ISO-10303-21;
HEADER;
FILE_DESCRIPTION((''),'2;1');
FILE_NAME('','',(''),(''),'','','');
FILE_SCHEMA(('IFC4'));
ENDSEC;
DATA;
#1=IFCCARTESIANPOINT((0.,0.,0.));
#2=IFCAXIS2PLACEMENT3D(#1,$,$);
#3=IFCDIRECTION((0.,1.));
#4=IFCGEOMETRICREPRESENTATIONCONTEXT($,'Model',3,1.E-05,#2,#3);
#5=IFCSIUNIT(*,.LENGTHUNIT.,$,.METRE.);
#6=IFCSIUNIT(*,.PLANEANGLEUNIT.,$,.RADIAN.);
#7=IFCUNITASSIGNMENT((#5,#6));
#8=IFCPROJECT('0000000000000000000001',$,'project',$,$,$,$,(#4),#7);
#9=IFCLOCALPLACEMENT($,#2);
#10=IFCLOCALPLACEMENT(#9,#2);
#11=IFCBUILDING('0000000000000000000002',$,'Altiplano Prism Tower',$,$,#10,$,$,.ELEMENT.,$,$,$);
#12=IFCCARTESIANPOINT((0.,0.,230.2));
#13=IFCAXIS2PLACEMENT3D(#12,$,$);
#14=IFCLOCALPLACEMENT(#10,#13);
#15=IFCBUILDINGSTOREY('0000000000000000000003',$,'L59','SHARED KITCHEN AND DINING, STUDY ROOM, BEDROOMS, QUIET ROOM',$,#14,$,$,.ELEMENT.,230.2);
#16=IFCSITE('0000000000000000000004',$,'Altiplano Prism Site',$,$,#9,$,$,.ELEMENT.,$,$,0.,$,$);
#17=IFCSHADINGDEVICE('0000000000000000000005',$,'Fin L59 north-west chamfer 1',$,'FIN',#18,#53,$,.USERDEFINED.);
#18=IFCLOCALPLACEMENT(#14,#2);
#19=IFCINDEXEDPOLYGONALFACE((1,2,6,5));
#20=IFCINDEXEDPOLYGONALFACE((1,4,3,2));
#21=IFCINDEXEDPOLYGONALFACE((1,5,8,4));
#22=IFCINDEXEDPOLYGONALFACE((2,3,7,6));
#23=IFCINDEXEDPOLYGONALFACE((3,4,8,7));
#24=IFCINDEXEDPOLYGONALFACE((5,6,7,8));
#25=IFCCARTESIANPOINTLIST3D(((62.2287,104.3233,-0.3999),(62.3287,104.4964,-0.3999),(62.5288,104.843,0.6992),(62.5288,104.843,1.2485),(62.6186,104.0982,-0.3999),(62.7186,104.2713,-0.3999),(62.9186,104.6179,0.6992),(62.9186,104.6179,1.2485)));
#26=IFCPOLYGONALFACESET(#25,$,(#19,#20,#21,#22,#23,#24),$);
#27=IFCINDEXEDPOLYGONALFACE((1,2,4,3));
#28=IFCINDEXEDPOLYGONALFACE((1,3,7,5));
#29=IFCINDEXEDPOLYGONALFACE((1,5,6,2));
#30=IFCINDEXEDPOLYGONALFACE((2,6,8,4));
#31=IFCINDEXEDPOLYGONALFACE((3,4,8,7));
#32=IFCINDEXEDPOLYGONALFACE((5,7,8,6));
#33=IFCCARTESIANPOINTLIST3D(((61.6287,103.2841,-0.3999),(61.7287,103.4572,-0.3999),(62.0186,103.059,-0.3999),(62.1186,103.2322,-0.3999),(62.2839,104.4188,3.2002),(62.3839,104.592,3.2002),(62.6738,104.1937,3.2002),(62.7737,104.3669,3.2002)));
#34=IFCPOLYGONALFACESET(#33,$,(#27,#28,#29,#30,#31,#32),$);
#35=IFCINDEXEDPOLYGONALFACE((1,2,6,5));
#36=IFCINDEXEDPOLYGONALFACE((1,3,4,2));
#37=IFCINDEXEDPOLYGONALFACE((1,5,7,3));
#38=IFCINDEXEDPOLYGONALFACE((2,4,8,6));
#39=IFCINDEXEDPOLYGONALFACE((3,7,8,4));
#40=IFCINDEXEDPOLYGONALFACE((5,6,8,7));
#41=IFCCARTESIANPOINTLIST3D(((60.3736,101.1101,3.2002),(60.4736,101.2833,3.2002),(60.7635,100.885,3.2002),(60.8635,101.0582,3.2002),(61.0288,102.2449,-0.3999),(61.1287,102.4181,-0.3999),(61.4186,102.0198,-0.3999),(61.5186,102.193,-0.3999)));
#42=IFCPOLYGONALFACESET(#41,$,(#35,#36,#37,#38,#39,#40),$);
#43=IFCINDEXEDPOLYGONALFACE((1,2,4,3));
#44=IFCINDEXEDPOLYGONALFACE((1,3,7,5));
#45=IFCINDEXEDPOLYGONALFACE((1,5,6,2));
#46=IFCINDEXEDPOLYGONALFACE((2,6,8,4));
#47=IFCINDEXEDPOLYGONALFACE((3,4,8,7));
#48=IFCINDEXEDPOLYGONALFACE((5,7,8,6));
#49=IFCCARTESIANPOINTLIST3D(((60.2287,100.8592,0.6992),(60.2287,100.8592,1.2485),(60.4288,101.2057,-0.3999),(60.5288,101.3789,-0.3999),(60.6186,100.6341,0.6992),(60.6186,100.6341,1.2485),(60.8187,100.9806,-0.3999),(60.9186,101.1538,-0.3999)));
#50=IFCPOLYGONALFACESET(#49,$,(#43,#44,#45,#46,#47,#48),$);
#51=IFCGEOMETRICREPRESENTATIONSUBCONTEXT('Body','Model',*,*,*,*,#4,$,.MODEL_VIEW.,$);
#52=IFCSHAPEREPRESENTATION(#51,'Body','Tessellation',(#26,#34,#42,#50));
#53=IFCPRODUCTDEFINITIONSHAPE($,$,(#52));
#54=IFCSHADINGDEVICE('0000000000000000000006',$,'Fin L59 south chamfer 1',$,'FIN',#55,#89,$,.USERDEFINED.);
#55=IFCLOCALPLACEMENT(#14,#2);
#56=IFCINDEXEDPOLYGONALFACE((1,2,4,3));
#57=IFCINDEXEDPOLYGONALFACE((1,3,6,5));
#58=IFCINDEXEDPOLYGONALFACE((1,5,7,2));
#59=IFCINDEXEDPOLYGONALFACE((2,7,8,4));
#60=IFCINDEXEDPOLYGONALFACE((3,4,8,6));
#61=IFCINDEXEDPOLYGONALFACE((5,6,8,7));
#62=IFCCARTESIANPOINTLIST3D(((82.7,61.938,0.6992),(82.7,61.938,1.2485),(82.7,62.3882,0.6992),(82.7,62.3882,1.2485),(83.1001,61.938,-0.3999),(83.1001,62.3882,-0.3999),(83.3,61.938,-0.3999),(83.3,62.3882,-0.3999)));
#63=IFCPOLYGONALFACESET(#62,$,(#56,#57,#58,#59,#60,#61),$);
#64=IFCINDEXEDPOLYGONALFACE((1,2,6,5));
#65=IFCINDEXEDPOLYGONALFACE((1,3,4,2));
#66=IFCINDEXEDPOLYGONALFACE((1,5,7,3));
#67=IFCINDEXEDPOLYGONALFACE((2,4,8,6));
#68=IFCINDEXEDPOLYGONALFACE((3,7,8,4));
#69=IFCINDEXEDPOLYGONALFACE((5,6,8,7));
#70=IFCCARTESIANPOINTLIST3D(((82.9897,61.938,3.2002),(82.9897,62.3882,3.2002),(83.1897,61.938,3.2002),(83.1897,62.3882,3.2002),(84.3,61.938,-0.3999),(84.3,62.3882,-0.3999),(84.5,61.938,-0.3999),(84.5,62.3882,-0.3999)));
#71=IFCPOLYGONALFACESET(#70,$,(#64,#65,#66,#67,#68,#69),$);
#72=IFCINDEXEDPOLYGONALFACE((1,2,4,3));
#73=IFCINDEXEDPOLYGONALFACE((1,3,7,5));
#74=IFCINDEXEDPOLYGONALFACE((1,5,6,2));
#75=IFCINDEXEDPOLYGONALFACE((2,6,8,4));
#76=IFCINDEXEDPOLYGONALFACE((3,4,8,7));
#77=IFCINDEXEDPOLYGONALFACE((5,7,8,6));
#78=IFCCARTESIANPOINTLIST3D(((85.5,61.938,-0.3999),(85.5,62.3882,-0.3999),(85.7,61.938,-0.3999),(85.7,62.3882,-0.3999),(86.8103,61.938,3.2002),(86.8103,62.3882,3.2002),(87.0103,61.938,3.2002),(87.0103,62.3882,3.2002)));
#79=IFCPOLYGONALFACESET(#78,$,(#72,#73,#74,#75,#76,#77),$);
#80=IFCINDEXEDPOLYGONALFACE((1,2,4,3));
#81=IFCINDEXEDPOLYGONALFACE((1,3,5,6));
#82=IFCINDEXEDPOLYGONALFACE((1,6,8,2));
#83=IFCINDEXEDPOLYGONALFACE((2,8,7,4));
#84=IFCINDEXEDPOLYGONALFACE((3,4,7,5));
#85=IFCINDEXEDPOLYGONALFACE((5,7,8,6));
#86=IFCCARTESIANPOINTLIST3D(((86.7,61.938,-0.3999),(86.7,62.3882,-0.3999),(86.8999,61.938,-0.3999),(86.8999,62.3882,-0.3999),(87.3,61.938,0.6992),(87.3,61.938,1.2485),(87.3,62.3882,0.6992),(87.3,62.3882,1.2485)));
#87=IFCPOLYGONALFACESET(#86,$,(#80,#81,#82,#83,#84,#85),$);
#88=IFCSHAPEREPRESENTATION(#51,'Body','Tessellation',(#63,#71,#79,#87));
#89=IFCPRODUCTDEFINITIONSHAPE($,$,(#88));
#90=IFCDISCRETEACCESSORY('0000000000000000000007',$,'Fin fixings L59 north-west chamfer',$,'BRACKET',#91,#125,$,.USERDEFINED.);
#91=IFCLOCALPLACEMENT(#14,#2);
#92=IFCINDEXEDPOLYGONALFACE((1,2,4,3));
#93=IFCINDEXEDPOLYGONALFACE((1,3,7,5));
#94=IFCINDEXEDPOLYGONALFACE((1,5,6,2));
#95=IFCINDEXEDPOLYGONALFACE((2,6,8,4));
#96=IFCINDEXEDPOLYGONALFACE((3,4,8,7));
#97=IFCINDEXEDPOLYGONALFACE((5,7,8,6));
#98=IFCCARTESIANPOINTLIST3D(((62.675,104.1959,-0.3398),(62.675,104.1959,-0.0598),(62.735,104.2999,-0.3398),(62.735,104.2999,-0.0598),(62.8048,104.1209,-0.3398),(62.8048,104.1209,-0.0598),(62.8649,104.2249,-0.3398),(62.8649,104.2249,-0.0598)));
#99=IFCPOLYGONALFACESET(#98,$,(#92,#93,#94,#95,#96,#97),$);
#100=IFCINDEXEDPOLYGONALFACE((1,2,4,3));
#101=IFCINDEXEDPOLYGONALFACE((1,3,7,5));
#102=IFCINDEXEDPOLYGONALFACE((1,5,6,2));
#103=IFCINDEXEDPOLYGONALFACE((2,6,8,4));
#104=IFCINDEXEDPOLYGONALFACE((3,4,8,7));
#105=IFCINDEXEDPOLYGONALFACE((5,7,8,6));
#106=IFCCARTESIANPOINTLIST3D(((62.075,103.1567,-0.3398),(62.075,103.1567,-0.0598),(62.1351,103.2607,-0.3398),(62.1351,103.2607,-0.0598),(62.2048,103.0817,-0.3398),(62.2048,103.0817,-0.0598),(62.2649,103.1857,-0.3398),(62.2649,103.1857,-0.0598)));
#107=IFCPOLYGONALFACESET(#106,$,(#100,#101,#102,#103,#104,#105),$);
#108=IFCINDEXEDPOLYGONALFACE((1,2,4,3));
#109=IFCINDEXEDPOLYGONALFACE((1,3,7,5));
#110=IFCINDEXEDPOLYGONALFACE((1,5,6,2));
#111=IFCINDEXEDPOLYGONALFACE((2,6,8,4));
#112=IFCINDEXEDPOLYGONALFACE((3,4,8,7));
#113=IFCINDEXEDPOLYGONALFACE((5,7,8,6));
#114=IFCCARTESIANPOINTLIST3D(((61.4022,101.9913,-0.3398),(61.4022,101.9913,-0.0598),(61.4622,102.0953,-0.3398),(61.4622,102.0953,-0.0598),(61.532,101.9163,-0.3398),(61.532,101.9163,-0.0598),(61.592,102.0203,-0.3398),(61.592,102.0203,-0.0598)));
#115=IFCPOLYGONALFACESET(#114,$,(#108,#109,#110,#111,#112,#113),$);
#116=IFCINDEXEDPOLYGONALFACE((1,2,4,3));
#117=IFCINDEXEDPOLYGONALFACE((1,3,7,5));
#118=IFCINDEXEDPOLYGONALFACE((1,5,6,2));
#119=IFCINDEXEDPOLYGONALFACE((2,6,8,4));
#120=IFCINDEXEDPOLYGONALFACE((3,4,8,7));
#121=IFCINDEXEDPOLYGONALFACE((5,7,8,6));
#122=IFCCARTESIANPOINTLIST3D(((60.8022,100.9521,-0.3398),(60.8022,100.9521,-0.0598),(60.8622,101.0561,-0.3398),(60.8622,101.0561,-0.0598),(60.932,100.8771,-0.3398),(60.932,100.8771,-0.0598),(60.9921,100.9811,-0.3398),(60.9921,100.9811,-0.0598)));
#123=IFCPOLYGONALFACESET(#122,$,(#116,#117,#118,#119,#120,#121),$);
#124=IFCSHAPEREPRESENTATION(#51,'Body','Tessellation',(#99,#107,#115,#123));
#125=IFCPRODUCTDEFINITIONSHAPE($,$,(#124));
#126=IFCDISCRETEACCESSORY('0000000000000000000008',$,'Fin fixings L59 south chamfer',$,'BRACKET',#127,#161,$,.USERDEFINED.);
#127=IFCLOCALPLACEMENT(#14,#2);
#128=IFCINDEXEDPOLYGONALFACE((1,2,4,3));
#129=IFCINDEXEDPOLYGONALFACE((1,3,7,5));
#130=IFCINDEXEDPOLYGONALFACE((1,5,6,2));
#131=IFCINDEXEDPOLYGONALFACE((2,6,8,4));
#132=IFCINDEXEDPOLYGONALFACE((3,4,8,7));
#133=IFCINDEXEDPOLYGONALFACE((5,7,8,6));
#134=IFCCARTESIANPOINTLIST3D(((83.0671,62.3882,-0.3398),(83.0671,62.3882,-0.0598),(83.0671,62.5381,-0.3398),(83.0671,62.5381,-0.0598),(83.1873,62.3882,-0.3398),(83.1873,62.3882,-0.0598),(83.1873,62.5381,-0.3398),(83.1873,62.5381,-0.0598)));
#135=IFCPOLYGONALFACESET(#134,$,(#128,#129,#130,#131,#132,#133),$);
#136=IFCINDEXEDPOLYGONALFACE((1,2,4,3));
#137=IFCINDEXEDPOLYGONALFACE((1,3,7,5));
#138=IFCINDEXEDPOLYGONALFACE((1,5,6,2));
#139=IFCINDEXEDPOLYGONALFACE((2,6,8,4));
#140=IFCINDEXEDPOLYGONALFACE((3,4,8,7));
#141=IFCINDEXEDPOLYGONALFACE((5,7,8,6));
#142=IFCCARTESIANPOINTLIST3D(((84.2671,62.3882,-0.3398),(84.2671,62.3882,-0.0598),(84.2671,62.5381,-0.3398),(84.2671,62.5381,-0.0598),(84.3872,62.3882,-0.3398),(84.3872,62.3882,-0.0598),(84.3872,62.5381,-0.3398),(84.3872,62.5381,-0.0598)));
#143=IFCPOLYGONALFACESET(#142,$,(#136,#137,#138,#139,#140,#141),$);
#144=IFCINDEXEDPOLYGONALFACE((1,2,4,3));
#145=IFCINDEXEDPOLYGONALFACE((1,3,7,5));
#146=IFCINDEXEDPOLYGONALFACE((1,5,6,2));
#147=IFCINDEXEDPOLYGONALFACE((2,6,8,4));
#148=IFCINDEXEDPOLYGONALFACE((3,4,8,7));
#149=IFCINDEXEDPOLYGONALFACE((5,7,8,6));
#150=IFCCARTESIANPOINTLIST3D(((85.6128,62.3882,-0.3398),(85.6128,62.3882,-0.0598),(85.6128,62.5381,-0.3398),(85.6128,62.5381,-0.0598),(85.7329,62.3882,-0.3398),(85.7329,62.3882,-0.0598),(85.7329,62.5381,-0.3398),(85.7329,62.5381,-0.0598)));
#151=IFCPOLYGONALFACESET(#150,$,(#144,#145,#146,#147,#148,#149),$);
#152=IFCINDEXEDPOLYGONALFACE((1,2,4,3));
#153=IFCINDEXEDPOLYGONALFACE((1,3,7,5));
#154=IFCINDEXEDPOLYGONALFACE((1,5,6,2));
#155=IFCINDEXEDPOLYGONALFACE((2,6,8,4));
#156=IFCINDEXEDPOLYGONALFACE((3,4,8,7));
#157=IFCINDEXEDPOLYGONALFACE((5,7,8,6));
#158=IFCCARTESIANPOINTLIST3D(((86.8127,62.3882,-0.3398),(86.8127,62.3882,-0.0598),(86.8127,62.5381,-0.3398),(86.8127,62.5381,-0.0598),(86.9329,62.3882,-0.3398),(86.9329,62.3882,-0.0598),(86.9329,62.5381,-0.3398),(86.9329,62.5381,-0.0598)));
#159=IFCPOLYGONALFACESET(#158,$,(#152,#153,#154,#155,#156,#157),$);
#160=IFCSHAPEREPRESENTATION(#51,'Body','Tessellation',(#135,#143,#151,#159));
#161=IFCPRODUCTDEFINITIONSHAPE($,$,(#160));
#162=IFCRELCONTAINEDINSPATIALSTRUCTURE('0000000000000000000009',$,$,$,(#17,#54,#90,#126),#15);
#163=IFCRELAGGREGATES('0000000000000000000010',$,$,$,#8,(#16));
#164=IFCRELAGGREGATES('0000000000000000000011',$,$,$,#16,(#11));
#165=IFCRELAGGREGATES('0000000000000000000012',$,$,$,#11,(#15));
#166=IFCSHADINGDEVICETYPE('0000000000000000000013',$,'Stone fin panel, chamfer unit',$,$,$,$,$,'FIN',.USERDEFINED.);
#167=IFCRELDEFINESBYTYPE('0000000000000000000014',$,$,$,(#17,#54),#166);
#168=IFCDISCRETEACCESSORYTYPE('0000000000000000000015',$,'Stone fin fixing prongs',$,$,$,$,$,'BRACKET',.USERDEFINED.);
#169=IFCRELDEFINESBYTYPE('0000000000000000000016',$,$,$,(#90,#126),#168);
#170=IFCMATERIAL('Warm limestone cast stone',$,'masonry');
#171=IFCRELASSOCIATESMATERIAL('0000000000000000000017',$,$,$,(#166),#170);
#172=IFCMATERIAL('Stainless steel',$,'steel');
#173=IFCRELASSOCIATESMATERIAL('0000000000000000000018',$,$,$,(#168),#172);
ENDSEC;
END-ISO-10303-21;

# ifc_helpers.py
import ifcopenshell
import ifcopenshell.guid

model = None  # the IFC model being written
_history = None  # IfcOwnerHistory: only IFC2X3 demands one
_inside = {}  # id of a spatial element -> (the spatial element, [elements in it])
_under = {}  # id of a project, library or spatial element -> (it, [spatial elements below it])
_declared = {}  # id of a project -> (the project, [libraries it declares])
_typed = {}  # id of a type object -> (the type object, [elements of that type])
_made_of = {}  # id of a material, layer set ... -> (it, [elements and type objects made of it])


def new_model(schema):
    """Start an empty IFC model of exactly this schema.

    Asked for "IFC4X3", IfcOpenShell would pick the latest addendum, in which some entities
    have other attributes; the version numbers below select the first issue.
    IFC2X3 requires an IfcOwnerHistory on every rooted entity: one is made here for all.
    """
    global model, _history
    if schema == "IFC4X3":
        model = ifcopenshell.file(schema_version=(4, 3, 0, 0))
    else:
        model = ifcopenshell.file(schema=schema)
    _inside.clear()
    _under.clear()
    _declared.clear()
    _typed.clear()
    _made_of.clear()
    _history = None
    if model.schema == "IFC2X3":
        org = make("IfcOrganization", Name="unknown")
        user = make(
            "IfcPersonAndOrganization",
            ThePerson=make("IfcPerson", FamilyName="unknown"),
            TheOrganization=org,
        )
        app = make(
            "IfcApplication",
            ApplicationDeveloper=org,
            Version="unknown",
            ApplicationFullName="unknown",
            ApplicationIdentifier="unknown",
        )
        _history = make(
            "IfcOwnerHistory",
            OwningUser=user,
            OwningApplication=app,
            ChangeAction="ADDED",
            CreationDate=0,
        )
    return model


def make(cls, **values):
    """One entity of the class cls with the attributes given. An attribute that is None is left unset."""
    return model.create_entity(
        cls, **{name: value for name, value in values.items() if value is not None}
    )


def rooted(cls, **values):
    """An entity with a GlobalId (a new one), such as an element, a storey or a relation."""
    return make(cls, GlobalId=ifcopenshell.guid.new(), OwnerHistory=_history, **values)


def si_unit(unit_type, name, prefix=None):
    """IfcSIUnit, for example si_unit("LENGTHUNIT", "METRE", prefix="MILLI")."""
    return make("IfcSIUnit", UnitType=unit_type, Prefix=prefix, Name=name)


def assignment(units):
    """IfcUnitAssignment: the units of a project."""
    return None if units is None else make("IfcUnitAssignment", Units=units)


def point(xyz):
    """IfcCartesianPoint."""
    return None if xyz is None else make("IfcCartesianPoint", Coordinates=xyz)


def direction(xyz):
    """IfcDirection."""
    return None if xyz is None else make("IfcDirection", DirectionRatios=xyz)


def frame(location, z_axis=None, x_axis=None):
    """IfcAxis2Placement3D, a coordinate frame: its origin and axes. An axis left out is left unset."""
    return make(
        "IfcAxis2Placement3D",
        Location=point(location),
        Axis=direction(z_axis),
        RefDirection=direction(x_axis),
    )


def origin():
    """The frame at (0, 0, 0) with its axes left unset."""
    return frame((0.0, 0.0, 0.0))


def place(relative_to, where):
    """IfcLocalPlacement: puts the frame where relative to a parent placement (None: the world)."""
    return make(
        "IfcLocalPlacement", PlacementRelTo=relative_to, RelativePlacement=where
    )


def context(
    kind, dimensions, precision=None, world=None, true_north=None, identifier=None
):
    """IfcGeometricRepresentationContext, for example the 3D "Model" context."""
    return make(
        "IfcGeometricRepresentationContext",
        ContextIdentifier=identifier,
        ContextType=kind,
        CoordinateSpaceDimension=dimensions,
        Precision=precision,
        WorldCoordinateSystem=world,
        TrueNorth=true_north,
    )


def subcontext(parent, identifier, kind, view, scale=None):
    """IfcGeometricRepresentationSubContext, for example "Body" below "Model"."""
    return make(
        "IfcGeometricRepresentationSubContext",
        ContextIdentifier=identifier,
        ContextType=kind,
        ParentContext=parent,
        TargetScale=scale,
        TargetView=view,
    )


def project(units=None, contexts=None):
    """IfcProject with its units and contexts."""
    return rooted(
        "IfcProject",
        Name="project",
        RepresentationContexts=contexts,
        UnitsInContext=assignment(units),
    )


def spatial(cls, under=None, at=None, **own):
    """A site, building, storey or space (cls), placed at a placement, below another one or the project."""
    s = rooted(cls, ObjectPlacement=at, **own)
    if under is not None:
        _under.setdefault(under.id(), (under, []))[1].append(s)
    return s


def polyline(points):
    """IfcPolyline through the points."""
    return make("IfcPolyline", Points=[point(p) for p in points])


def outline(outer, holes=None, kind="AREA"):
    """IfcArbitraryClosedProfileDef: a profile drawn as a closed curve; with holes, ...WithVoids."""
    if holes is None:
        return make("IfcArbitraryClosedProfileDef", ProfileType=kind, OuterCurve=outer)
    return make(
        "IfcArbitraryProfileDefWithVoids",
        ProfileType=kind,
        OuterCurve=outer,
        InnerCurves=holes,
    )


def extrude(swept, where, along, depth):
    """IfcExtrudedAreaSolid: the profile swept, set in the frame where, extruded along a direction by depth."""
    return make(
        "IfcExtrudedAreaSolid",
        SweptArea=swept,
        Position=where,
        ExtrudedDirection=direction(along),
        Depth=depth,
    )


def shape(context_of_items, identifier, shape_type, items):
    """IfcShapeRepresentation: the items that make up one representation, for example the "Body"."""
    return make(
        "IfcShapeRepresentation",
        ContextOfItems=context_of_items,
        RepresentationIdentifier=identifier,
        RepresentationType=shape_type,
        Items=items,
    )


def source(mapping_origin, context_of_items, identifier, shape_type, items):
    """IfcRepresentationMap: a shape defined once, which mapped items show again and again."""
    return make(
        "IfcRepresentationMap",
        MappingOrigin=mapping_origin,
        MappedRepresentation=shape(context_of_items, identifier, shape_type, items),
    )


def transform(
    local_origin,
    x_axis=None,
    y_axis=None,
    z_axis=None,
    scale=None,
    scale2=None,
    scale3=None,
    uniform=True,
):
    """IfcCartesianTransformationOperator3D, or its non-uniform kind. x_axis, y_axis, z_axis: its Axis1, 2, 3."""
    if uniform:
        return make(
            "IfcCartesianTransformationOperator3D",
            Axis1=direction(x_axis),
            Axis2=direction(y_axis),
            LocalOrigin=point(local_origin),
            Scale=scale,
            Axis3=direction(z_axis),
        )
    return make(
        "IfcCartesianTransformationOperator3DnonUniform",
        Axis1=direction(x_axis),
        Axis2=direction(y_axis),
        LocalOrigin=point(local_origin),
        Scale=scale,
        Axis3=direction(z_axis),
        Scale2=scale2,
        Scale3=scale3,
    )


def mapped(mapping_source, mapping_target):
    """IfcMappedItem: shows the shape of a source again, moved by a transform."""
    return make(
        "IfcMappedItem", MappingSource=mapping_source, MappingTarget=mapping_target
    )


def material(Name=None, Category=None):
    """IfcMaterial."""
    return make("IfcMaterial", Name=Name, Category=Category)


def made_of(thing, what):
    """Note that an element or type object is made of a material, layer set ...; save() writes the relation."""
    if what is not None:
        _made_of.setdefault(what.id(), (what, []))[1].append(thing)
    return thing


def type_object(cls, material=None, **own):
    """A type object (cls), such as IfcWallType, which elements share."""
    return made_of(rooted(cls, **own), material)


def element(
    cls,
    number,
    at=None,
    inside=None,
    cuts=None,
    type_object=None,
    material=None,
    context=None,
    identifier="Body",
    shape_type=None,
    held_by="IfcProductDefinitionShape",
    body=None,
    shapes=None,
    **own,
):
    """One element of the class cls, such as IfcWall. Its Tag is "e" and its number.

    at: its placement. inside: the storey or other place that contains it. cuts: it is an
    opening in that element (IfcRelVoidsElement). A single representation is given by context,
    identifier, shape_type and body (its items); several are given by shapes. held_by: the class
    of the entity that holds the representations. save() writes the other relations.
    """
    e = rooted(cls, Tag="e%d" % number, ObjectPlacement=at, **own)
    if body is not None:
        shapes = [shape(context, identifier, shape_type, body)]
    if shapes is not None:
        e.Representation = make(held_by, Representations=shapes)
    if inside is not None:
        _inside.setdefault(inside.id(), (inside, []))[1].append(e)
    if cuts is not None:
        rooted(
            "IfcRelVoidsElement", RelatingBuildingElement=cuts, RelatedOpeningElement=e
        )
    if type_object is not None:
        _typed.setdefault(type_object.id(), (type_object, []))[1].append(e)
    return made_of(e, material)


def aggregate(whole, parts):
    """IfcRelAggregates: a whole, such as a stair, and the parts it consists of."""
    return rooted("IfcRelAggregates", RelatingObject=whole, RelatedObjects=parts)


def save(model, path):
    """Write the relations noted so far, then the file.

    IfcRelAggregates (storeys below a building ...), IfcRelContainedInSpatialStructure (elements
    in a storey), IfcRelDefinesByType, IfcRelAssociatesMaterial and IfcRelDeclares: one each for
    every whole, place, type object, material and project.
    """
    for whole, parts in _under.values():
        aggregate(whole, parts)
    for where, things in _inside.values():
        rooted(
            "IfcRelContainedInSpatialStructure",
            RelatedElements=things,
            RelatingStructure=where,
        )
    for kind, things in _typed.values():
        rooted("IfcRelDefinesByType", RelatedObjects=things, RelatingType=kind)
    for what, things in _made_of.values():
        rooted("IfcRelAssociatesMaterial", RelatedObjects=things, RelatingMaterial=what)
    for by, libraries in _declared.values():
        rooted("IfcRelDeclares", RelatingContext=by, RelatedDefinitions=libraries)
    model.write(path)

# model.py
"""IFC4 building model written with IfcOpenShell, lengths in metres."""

from ifc_helpers import new_model, si_unit, direction, frame, origin, place, context, subcontext, project, spatial, polyline, outline, extrude, source, transform, mapped, material, type_object, element, save


model = new_model("IFC4")

# Units and contexts
model_context = context("Model", 3, precision=1e-05, world=origin(), true_north=direction((0.0, 1.0)))
body_context = subcontext(model_context, "Body", "Model", "MODEL_VIEW")
ifc_project = project(units=[si_unit("LENGTHUNIT", "METRE"), si_unit("PLANEANGLEUNIT", "RADIAN")], contexts=[model_context])

# Site, building, storey
site_placement = place(None, origin())
site = spatial("IfcSite", under=ifc_project, at=site_placement, Name="Altiplano Prism Site", CompositionType="ELEMENT", RefElevation=0.0)
building_placement = place(site_placement, origin())
building = spatial("IfcBuilding", under=site, at=building_placement, Name="Altiplano Prism Tower", CompositionType="ELEMENT")
storey_placement = place(building_placement, frame((0.0, 0.0, 230.2)))
storey = spatial("IfcBuildingStorey", under=building, at=storey_placement, Name="L59", Description="SHARED KITCHEN AND DINING, STUDY ROOM, BEDROOMS, QUIET ROOM", CompositionType="ELEMENT", Elevation=230.2)

# Shading devices
ifc_material_1 = material(Name="Warm limestone cast stone", Category="masonry")
shading_device_type_1 = type_object("IfcShadingDeviceType", Name="Stone fin panel, chamfer unit", ElementType="FIN", PredefinedType="USERDEFINED", material=ifc_material_1)
shared_shape_1 = source(origin(), body_context, "Body", "SweptSolid", [
    extrude(outline(polyline([(-2.3, 1.6484), (-2.3, 1.0991), (-1.8999, 0.0), (-1.7, 0.0), (-2.3, 1.6484)])), frame((0.0, -0.1499, 0.0), z_axis=(0.0, -1.0, 0.0), x_axis=(1.0, 0.0, 0.0)), (0.0, 0.0, 1.0), 0.4502),
    extrude(outline(polyline([(-2.0103, 3.6001), (-0.7, 0.0), (-0.5, 0.0), (-1.8103, 3.6001), (-2.0103, 3.6001)])), frame((0.0, -0.1499, 0.0), z_axis=(0.0, -1.0, 0.0), x_axis=(1.0, 0.0, 0.0)), (0.0, 0.0, 1.0), 0.4502),
    extrude(outline(polyline([(1.8103, 3.6001), (0.5, 0.0), (0.7, 0.0), (2.0103, 3.6001), (1.8103, 3.6001)])), frame((0.0, -0.1499, 0.0), z_axis=(0.0, -1.0, 0.0), x_axis=(1.0, 0.0, 0.0)), (0.0, 0.0, 1.0), 0.4502),
    extrude(outline(polyline([(2.3, 1.0991), (2.3, 1.6484), (1.7, 0.0), (1.8999, 0.0), (2.3, 1.0991)])), frame((0.0, -0.1499, 0.0), z_axis=(0.0, -1.0, 0.0), x_axis=(1.0, 0.0, 0.0)), (0.0, 0.0, 1.0), 0.4502),
])
shading_device_1_placement = place(storey_placement, origin())
element("IfcShadingDevice", 1, at=shading_device_1_placement, inside=storey, type_object=shading_device_type_1, Name="Fin L59 north-west chamfer 1", ObjectType="FIN", PredefinedType="USERDEFINED", context=body_context, shape_type="MappedRepresentation", body=[
    mapped(shared_shape_1, transform((61.8984, 102.551, -0.3999), x_axis=(-0.5, -0.866025, 0.0), y_axis=(0.866025, -0.5, 0.0), z_axis=(0.0, 0.0, 1.0))),
])
shading_device_2_placement = place(storey_placement, origin())
element("IfcShadingDevice", 2, at=shading_device_2_placement, inside=storey, type_object=shading_device_type_1, Name="Fin L59 south chamfer 1", ObjectType="FIN", PredefinedType="USERDEFINED", context=body_context, shape_type="MappedRepresentation", body=[
    mapped(shared_shape_1, transform((85.0, 62.5381, -0.3999), x_axis=(1.0, 0.0, 0.0), y_axis=(0.0, 1.0, 0.0), z_axis=(0.0, 0.0, 1.0))),
])

# Discrete accessories
ifc_material_2 = material(Name="Stainless steel", Category="steel")
discrete_accessory_type = type_object("IfcDiscreteAccessoryType", Name="Stone fin fixing prongs", ElementType="BRACKET", PredefinedType="USERDEFINED", material=ifc_material_2)
shared_shape_2 = source(origin(), body_context, "Body", "SweptSolid", [
    extrude(outline(polyline([(-1.9329, 0.0601), (-1.8127, 0.0601), (-1.8127, 0.3401), (-1.9329, 0.3401), (-1.9329, 0.0601)])), frame((0.0, 0.0, 0.0), z_axis=(0.0, -1.0, 0.0), x_axis=(1.0, 0.0, 0.0)), (0.0, 0.0, 1.0), 0.1499),
    extrude(outline(polyline([(-0.7329, 0.0601), (-0.6128, 0.0601), (-0.6128, 0.3401), (-0.7329, 0.3401), (-0.7329, 0.0601)])), frame((0.0, 0.0, 0.0), z_axis=(0.0, -1.0, 0.0), x_axis=(1.0, 0.0, 0.0)), (0.0, 0.0, 1.0), 0.1499),
    extrude(outline(polyline([(0.6128, 0.0601), (0.7329, 0.0601), (0.7329, 0.3401), (0.6128, 0.3401), (0.6128, 0.0601)])), frame((0.0, 0.0, 0.0), z_axis=(0.0, -1.0, 0.0), x_axis=(1.0, 0.0, 0.0)), (0.0, 0.0, 1.0), 0.1499),
    extrude(outline(polyline([(1.8127, 0.0601), (1.9329, 0.0601), (1.9329, 0.3401), (1.8127, 0.3401), (1.8127, 0.0601)])), frame((0.0, 0.0, 0.0), z_axis=(0.0, -1.0, 0.0), x_axis=(1.0, 0.0, 0.0)), (0.0, 0.0, 1.0), 0.1499),
])
discrete_accessory_1_placement = place(storey_placement, origin())
element("IfcDiscreteAccessory", 3, at=discrete_accessory_1_placement, inside=storey, type_object=discrete_accessory_type, Name="Fin fixings L59 north-west chamfer", ObjectType="BRACKET", PredefinedType="USERDEFINED", context=body_context, shape_type="MappedRepresentation", body=[
    mapped(shared_shape_2, transform((61.8984, 102.551, -0.3999), x_axis=(-0.5, -0.866025, 0.0), y_axis=(0.866025, -0.5, 0.0), z_axis=(0.0, 0.0, 1.0))),
])
discrete_accessory_2_placement = place(storey_placement, origin())
element("IfcDiscreteAccessory", 4, at=discrete_accessory_2_placement, inside=storey, type_object=discrete_accessory_type, Name="Fin fixings L59 south chamfer", ObjectType="BRACKET", PredefinedType="USERDEFINED", context=body_context, shape_type="MappedRepresentation", body=[
    mapped(shared_shape_2, transform((85.0, 62.5381, -0.3999), x_axis=(1.0, 0.0, 0.0), y_axis=(0.0, 1.0, 0.0), z_axis=(0.0, 0.0, 1.0))),
])

save(model, "model.ifc")
